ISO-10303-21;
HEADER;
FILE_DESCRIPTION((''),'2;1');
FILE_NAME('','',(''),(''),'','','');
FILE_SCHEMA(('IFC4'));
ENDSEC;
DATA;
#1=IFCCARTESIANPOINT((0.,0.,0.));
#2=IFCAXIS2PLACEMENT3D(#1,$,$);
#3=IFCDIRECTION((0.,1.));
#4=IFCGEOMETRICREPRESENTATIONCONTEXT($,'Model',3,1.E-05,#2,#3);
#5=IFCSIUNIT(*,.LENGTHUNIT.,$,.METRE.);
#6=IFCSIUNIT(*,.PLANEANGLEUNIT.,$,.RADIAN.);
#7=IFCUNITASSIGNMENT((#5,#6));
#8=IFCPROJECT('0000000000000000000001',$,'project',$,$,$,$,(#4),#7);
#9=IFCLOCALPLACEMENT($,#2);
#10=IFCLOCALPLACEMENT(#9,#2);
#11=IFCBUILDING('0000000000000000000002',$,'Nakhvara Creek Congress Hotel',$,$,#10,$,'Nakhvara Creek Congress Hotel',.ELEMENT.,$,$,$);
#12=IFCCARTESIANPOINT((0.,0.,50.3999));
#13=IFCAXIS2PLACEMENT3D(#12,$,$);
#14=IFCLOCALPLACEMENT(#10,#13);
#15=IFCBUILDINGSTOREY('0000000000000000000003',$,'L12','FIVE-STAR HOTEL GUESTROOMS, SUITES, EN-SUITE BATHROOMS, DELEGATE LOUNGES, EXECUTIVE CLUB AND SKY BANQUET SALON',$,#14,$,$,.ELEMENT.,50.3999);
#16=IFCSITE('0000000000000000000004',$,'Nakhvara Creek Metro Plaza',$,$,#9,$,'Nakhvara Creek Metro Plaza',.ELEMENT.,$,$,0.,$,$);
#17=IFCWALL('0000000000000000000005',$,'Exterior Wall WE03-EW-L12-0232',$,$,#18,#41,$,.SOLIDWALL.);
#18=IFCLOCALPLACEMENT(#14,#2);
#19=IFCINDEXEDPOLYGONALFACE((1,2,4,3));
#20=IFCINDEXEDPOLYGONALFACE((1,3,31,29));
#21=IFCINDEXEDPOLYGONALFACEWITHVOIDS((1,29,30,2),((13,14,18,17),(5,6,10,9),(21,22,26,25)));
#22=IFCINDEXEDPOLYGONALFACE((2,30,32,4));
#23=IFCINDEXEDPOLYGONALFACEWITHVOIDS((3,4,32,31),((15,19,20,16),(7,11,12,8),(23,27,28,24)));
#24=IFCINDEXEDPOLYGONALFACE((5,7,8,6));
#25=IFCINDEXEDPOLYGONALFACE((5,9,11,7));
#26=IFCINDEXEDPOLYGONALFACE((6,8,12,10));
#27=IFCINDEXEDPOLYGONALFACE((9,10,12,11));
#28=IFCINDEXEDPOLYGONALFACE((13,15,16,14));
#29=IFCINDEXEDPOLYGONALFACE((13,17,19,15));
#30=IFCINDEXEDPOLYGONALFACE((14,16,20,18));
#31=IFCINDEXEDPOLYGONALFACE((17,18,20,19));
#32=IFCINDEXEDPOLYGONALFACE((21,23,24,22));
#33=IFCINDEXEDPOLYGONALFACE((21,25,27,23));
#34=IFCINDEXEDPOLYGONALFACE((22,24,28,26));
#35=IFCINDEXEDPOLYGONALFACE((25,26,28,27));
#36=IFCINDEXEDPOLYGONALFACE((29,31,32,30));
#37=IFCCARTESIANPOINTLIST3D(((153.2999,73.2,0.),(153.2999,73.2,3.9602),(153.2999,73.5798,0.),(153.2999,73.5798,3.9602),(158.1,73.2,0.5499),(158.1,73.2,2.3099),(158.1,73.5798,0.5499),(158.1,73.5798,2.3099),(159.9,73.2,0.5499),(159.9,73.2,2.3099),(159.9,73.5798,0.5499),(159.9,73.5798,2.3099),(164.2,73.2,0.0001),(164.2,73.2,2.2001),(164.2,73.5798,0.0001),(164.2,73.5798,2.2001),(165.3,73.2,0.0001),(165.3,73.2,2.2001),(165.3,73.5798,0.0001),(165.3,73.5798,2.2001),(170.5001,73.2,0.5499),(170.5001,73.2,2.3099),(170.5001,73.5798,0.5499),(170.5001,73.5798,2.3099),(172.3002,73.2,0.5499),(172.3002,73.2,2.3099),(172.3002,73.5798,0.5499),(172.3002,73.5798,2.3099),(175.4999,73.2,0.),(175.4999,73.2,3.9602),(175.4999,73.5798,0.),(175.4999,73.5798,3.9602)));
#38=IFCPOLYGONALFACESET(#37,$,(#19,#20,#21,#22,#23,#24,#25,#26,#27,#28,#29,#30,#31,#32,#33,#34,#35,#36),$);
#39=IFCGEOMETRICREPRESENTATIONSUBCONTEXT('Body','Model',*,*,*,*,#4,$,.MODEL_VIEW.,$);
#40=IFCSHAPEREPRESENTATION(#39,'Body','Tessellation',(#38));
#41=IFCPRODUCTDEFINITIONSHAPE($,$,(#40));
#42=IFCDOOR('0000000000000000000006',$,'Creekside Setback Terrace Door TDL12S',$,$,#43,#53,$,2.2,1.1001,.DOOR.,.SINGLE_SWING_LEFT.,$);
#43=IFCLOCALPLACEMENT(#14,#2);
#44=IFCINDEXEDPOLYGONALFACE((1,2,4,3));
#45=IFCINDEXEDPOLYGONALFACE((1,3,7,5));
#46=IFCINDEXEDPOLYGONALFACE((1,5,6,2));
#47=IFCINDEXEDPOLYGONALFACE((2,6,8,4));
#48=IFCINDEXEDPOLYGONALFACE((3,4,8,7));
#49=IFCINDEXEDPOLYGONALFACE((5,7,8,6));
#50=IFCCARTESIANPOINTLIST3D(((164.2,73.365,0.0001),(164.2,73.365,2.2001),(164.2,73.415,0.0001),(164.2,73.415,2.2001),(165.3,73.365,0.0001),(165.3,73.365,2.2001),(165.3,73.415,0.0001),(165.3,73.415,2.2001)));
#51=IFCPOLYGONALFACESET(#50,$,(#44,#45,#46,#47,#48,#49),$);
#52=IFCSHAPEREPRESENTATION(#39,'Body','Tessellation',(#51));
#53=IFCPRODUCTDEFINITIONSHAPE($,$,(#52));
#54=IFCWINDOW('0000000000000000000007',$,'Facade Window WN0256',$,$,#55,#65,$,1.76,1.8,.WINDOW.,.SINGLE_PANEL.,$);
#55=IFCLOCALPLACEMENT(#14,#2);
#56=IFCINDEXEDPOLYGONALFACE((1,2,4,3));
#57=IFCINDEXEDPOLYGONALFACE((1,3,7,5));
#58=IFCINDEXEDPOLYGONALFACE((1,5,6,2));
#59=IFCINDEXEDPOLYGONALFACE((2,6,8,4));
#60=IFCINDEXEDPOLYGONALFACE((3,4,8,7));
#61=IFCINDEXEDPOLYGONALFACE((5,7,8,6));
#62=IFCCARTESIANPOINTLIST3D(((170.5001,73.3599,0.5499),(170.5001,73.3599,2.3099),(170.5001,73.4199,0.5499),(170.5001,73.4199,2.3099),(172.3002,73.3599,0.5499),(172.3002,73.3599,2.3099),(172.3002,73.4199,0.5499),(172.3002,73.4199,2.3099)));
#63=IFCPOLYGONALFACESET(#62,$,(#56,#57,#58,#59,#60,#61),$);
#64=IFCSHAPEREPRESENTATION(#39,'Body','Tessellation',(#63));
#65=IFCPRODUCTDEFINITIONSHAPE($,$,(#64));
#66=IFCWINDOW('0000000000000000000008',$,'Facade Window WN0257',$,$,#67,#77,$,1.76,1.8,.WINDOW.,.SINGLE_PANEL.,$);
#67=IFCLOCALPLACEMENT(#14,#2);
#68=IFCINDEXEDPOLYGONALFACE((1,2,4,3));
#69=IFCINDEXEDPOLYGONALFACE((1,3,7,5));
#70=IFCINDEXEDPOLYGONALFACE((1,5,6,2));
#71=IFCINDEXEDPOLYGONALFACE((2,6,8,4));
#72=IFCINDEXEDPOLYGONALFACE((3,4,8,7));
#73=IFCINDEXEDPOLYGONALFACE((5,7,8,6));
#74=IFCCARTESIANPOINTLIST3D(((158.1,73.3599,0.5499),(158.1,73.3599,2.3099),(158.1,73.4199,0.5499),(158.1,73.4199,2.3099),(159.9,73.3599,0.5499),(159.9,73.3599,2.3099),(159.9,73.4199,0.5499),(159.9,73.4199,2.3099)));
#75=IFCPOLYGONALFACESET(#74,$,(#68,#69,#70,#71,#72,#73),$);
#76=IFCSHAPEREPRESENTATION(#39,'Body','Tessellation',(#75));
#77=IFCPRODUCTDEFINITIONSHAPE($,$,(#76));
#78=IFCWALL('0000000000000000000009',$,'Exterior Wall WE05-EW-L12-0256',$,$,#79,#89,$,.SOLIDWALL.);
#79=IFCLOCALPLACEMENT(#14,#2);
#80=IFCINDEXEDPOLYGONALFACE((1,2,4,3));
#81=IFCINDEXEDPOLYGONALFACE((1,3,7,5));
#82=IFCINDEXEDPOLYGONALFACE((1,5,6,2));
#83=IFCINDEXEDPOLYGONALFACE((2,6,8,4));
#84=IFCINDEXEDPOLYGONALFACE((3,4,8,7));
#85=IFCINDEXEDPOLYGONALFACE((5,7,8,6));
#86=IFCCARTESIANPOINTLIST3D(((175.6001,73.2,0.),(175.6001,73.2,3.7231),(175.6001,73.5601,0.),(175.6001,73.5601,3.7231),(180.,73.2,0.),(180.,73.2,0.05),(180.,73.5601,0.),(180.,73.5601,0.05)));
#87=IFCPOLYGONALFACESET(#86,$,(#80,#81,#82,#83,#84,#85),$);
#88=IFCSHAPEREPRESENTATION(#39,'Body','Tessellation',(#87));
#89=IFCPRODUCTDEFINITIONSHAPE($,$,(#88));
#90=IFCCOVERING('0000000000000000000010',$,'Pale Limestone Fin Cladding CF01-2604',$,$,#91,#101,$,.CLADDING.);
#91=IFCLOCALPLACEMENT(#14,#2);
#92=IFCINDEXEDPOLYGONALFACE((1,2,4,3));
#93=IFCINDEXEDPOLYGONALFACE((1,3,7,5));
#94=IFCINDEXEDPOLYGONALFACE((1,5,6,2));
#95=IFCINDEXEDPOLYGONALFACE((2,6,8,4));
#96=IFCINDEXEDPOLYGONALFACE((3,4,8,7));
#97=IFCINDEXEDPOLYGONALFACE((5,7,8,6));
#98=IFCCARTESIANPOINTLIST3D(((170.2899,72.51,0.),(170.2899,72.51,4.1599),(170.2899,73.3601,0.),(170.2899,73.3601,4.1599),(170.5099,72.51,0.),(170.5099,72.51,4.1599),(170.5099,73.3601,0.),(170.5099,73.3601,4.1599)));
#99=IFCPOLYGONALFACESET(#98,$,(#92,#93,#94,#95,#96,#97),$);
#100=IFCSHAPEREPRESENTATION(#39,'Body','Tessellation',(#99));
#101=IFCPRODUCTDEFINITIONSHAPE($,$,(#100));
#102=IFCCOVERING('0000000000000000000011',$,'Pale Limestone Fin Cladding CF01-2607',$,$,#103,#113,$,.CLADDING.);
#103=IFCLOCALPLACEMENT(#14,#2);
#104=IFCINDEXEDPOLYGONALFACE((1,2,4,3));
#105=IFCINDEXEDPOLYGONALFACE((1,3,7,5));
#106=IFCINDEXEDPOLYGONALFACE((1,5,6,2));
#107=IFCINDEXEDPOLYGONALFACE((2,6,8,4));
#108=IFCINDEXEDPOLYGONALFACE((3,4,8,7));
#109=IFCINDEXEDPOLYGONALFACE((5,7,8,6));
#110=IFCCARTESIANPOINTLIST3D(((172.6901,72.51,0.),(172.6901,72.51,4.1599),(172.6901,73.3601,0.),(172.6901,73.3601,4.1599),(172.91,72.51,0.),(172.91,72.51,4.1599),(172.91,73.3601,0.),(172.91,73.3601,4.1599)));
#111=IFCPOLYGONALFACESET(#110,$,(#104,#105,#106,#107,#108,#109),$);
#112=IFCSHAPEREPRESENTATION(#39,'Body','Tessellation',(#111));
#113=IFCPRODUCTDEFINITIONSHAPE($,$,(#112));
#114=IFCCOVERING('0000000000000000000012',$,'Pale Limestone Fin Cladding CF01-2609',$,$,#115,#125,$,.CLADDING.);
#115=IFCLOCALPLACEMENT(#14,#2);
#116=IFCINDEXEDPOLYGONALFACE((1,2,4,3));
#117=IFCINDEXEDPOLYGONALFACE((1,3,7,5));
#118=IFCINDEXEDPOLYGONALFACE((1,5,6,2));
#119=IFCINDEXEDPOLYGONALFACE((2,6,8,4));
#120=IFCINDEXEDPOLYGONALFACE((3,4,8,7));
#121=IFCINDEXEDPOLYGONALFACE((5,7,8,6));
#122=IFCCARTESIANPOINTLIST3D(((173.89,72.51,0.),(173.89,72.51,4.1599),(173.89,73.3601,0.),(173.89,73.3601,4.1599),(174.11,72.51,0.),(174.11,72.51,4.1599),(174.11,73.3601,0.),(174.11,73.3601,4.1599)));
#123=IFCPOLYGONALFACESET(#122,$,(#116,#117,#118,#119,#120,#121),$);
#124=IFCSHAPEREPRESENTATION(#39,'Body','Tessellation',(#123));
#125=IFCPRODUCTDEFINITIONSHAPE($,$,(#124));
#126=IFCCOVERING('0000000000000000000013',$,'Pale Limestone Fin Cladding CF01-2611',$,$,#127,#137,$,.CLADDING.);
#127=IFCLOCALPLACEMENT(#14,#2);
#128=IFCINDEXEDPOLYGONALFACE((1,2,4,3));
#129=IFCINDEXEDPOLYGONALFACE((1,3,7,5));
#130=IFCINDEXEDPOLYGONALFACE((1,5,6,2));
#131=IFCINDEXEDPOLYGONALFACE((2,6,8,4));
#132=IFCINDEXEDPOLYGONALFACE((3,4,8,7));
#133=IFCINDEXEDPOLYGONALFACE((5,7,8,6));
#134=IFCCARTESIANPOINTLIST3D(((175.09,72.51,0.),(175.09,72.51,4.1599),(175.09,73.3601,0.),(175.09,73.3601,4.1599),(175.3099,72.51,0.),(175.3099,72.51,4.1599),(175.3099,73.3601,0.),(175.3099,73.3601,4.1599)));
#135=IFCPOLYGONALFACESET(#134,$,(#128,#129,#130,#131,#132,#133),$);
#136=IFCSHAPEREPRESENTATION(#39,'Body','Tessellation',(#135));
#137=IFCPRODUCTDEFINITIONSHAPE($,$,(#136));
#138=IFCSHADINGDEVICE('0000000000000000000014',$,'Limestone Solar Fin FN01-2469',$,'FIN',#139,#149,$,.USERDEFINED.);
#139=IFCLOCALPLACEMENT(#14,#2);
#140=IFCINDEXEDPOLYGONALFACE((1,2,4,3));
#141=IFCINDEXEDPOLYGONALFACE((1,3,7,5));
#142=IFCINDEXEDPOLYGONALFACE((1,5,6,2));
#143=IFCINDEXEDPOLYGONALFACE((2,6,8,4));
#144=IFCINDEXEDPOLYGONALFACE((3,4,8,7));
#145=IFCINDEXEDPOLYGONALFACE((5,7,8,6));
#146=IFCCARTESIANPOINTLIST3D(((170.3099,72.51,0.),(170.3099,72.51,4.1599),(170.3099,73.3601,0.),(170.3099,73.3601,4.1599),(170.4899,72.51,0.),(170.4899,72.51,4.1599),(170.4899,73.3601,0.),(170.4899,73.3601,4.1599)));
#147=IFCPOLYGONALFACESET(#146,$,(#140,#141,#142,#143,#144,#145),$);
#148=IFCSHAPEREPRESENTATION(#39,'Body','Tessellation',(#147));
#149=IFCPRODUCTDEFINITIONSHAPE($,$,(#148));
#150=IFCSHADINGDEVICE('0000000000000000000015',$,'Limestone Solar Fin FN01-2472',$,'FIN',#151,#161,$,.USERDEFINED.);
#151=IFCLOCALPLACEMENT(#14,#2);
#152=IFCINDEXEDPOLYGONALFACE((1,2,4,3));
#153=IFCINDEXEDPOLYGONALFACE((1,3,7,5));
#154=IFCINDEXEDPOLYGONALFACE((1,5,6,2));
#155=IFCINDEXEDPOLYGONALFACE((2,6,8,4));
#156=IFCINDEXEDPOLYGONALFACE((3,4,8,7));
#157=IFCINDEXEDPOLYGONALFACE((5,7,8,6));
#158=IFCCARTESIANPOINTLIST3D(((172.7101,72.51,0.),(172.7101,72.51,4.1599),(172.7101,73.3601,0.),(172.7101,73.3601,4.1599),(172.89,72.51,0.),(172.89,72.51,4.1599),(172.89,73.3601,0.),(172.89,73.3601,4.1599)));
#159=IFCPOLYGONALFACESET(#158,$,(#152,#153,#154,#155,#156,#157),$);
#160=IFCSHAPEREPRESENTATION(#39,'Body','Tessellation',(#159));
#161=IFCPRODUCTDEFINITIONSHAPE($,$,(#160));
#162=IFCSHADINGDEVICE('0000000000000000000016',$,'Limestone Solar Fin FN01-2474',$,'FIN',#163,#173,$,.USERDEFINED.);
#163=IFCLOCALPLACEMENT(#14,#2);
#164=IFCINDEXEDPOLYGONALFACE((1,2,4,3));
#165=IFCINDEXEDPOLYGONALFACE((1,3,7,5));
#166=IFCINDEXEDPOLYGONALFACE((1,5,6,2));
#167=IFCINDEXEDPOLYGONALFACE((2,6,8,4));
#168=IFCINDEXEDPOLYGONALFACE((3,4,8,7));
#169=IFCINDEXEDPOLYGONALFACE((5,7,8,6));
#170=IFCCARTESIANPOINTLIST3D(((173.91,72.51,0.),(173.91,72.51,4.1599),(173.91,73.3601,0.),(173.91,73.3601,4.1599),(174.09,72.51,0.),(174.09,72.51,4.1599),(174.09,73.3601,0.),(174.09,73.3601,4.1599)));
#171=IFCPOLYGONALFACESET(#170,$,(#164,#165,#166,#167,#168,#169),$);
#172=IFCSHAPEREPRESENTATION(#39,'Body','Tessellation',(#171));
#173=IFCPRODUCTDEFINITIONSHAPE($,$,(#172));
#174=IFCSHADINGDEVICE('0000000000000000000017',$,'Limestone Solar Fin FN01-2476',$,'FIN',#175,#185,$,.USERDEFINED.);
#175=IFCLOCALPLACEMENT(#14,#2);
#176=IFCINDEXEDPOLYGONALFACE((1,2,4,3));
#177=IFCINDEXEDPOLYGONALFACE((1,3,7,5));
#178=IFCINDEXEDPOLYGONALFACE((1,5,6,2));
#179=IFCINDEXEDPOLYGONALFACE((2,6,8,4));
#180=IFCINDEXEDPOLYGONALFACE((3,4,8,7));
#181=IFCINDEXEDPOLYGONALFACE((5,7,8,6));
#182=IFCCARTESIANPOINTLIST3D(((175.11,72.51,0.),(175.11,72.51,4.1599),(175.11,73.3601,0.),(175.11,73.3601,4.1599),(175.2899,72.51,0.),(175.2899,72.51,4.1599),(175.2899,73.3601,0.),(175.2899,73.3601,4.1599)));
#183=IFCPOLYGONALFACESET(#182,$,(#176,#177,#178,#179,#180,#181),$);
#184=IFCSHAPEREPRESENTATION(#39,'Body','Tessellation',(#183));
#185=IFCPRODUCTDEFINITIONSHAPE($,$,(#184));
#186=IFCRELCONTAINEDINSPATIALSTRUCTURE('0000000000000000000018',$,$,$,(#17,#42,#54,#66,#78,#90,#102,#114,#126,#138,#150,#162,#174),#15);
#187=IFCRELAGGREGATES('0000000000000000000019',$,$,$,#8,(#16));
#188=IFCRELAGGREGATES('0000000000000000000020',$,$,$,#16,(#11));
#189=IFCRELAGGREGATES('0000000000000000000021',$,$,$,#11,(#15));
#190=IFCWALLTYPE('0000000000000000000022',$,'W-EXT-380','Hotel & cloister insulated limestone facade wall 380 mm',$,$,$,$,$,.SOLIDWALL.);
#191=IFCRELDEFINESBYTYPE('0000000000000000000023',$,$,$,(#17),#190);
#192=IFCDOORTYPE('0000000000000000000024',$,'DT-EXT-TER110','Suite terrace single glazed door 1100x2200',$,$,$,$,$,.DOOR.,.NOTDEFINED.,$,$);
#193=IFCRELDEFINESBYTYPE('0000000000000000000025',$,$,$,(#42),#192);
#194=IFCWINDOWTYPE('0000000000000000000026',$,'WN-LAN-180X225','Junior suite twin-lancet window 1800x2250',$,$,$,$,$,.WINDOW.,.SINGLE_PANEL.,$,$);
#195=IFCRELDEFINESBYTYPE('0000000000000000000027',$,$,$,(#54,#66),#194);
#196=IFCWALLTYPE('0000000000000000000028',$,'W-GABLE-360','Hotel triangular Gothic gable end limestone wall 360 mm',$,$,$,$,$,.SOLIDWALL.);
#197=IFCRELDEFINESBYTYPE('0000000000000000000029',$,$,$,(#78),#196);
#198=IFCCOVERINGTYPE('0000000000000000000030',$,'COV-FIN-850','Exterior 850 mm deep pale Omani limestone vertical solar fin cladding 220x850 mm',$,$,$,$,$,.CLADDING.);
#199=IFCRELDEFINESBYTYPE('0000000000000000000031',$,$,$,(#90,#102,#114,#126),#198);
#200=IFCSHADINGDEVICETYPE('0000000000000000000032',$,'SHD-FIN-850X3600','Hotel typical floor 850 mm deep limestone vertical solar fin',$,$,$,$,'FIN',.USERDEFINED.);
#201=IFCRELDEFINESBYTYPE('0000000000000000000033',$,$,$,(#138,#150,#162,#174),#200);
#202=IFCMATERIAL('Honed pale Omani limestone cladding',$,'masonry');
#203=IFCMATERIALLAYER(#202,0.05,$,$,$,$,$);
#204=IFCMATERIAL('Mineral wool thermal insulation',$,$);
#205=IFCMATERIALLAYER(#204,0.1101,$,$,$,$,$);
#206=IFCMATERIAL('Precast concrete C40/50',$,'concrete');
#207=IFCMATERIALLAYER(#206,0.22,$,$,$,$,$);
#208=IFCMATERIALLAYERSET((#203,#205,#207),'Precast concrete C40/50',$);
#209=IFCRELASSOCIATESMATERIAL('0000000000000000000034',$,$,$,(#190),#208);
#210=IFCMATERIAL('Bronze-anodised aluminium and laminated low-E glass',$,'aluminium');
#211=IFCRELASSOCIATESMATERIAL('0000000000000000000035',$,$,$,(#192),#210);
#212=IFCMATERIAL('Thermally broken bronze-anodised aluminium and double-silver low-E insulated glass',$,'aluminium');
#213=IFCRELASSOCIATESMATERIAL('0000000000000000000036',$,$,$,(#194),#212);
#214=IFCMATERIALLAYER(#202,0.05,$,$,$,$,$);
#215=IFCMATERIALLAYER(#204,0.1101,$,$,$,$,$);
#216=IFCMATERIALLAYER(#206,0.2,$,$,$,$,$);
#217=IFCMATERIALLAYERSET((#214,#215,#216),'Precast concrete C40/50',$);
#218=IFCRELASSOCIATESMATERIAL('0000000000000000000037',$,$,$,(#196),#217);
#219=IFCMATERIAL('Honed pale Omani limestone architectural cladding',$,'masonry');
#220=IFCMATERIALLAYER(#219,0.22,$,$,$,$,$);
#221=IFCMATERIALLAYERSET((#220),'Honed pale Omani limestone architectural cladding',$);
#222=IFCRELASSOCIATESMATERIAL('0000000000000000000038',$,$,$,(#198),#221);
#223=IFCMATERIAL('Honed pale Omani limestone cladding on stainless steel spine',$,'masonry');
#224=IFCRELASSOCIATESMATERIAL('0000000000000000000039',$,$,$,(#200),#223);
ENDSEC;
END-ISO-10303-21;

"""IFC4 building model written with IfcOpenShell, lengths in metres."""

from ifc_helpers import new_model, si_unit, direction, frame, frame_2d, origin, origin_2d, place, context, subcontext, project, spatial, polyline, rectangle, outline, extrude, material, layer, layer_set, type_object, element, fill, save


model = new_model("IFC4")

# Units and contexts
model_context = context("Model", 3, precision=1e-05, world=origin(), true_north=direction((0.0, 1.0)))
body_context = subcontext(model_context, "Body", "Model", "MODEL_VIEW")
ifc_project = project(units=[si_unit("LENGTHUNIT", "METRE"), si_unit("PLANEANGLEUNIT", "RADIAN")], contexts=[model_context])

# Site, building, storey
site_placement = place(None, origin())
site = spatial("IfcSite", under=ifc_project, at=site_placement, Name="Nakhvara Creek Metro Plaza", LongName="Nakhvara Creek Metro Plaza", CompositionType="ELEMENT", RefElevation=0.0)
building_placement = place(site_placement, origin())
building = spatial("IfcBuilding", under=site, at=building_placement, Name="Nakhvara Creek Congress Hotel", LongName="Nakhvara Creek Congress Hotel", CompositionType="ELEMENT")
storey_placement = place(building_placement, frame((0.0, 0.0, 50.3999)))
storey = spatial("IfcBuildingStorey", under=building, at=storey_placement, Name="L12", Description="FIVE-STAR HOTEL GUESTROOMS, SUITES, EN-SUITE BATHROOMS, DELEGATE LOUNGES, EXECUTIVE CLUB AND SKY BANQUET SALON", CompositionType="ELEMENT", Elevation=50.3999)

# Wall, openings, door, windows
ifc_material_1 = material(Name="Honed pale Omani limestone cladding", Category="masonry")
ifc_layer_1 = layer(ifc_material_1, 0.05)
ifc_material_2 = material(Name="Mineral wool thermal insulation")
ifc_layer_2 = layer(ifc_material_2, 0.1101)
ifc_material_3 = material(Name="Precast concrete C40/50", Category="concrete")
ifc_layer_3 = layer(ifc_material_3, 0.22)
ifc_layer_set_1 = layer_set([ifc_layer_1, ifc_layer_2, ifc_layer_3], Name="Precast concrete C40/50")
wall_type_1 = type_object("IfcWallType", Name="W-EXT-380", Description="Hotel & cloister insulated limestone facade wall 380 mm", PredefinedType="SOLIDWALL", material=ifc_layer_set_1)
wall_1_placement = place(storey_placement, frame((175.5, 73.3899, 0.0), z_axis=(0.0, 0.0, 1.0), x_axis=(-1.0, 0.0, 0.0)))
wall_1 = element("IfcWall", 1, at=wall_1_placement, inside=storey, type_object=wall_type_1, Name="Exterior Wall WE03-EW-L12-0232", PredefinedType="SOLIDWALL", context=body_context, shape_type="SweptSolid", body=[
    extrude(rectangle(XDim=22.2, YDim=0.3799, at=frame_2d((11.1001, 0.0))), origin(), (0.0, 0.0, 1.0), 3.9602),
])
opening_1_placement = place(wall_1_placement, frame((10.2, 0.0, 0.0)))
opening_1 = element("IfcOpeningElement", 2, at=opening_1_placement, cuts=wall_1, PredefinedType="OPENING", context=body_context, shape_type="SweptSolid", body=[
    extrude(rectangle(XDim=1.1001, YDim=2.2, at=frame_2d((0.55, 1.1001))), frame((0.0, 0.2019, 0.0), z_axis=(0.0, -1.0, 0.0), x_axis=(1.0, 0.0, 0.0)), (0.0, 0.0, 1.0), 0.4038),
])
opening_2_placement = place(wall_1_placement, frame((3.2, 0.0, 0.55)))
opening_2 = element("IfcOpeningElement", 3, at=opening_2_placement, cuts=wall_1, PredefinedType="OPENING", context=body_context, shape_type="SweptSolid", body=[
    extrude(rectangle(XDim=1.8, YDim=1.76, at=frame_2d((0.8999, 0.8799))), frame((0.0, 0.2019, 0.0), z_axis=(0.0, -1.0, 0.0), x_axis=(1.0, 0.0, 0.0)), (0.0, 0.0, 1.0), 0.4038),
])
opening_3_placement = place(wall_1_placement, frame((15.6001, 0.0, 0.55)))
opening_3 = element("IfcOpeningElement", 4, at=opening_3_placement, cuts=wall_1, PredefinedType="OPENING", context=body_context, shape_type="SweptSolid", body=[
    extrude(rectangle(XDim=1.8, YDim=1.76, at=frame_2d((0.8999, 0.8799))), frame((0.0, 0.2019, 0.0), z_axis=(0.0, -1.0, 0.0), x_axis=(1.0, 0.0, 0.0)), (0.0, 0.0, 1.0), 0.4038),
])
ifc_material_4 = material(Name="Bronze-anodised aluminium and laminated low-E glass", Category="aluminium")
door_type = type_object("IfcDoorType", Name="DT-EXT-TER110", Description="Suite terrace single glazed door 1100x2200", OperationType="NOTDEFINED", PredefinedType="DOOR", material=ifc_material_4)
door_placement = place(opening_1_placement, origin())
door = element("IfcDoor", 5, at=door_placement, inside=storey, type_object=door_type, Name="Creekside Setback Terrace Door TDL12S", OperationType="SINGLE_SWING_LEFT", OverallHeight=2.2, OverallWidth=1.1001, PredefinedType="DOOR", context=body_context, shape_type="SweptSolid", body=[
    extrude(rectangle(XDim=1.1001, YDim=2.2, at=frame_2d((0.55, 1.1001))), frame((0.0, 0.0249, 0.0), z_axis=(0.0, -1.0, 0.0), x_axis=(1.0, 0.0, 0.0)), (0.0, 0.0, 1.0), 0.05),
])
fill(opening_1, door)
ifc_material_5 = material(Name="Thermally broken bronze-anodised aluminium and double-silver low-E insulated glass", Category="aluminium")
window_type = type_object("IfcWindowType", Name="WN-LAN-180X225", Description="Junior suite twin-lancet window 1800x2250", PartitioningType="SINGLE_PANEL", PredefinedType="WINDOW", material=ifc_material_5)
window_1_placement = place(opening_2_placement, origin())
window_1 = element("IfcWindow", 6, at=window_1_placement, inside=storey, type_object=window_type, Name="Facade Window WN0256", OverallHeight=1.76, OverallWidth=1.8, PartitioningType="SINGLE_PANEL", PredefinedType="WINDOW", context=body_context, shape_type="SweptSolid", body=[
    extrude(rectangle(XDim=1.8, YDim=1.76, at=frame_2d((0.8999, 0.8799))), frame((0.0, 0.03, 0.0), z_axis=(0.0, -1.0, 0.0), x_axis=(1.0, 0.0, 0.0)), (0.0, 0.0, 1.0), 0.0601),
])
fill(opening_2, window_1)
window_2_placement = place(opening_3_placement, origin())
window_2 = element("IfcWindow", 7, at=window_2_placement, inside=storey, type_object=window_type, Name="Facade Window WN0257", OverallHeight=1.76, OverallWidth=1.8, PartitioningType="SINGLE_PANEL", PredefinedType="WINDOW", context=body_context, shape_type="SweptSolid", body=[
    extrude(rectangle(XDim=1.8, YDim=1.76, at=frame_2d((0.8999, 0.8799))), frame((0.0, 0.03, 0.0), z_axis=(0.0, -1.0, 0.0), x_axis=(1.0, 0.0, 0.0)), (0.0, 0.0, 1.0), 0.0601),
])
fill(opening_3, window_2)

# Wall
ifc_layer_4 = layer(ifc_material_1, 0.05)
ifc_layer_5 = layer(ifc_material_2, 0.1101)
ifc_layer_6 = layer(ifc_material_3, 0.2)
ifc_layer_set_2 = layer_set([ifc_layer_4, ifc_layer_5, ifc_layer_6], Name="Precast concrete C40/50")
wall_type_2 = type_object("IfcWallType", Name="W-GABLE-360", Description="Hotel triangular Gothic gable end limestone wall 360 mm", PredefinedType="SOLIDWALL", material=ifc_layer_set_2)
wall_2_placement = place(storey_placement, frame((175.6001, 73.3799, 0.0), z_axis=(0.0, 0.0, 1.0), x_axis=(1.0, 0.0, 0.0)))
element("IfcWall", 8, at=wall_2_placement, inside=storey, type_object=wall_type_2, Name="Exterior Wall WE05-EW-L12-0256", PredefinedType="SOLIDWALL", context=body_context, shape_type="SweptSolid", body=[
    extrude(outline(polyline([(0.0, 0.0), (4.3999, 0.0), (4.3999, 0.05), (0.0, 3.7231), (0.0, 0.0)])), frame((0.0, 0.1802, 0.0), z_axis=(0.0, -1.0, 0.0), x_axis=(1.0, 0.0, 0.0)), (0.0, 0.0, 1.0), 0.3601),
])

# Coverings
ifc_material_6 = material(Name="Honed pale Omani limestone architectural cladding", Category="masonry")
ifc_layer_7 = layer(ifc_material_6, 0.22)
ifc_layer_set_3 = layer_set([ifc_layer_7], Name="Honed pale Omani limestone architectural cladding")
covering_type = type_object("IfcCoveringType", Name="COV-FIN-850", Description="Exterior 850 mm deep pale Omani limestone vertical solar fin cladding 220x850 mm", PredefinedType="CLADDING", material=ifc_layer_set_3)
for number, where, z_axis, x_axis, name in (
    (9, (170.3999, 72.9351, 0.0), (0.0, 0.0, 1.0), (1.0, 0.0, 0.0), "Pale Limestone Fin Cladding CF01-2604"),
    (10, (172.8, 72.9351, 0.0), (0.0, 0.0, 1.0), (1.0, 0.0, 0.0), "Pale Limestone Fin Cladding CF01-2607"),
    (11, (174.0, 72.9351, 0.0), (0.0, 0.0, 1.0), (1.0, 0.0, 0.0), "Pale Limestone Fin Cladding CF01-2609"),
    (12, (175.2, 72.9351, 0.0), (0.0, 0.0, 1.0), (1.0, 0.0, 0.0), "Pale Limestone Fin Cladding CF01-2611"),
):
    element("IfcCovering", number, at=place(storey_placement, frame(where, z_axis=z_axis, x_axis=x_axis)), inside=storey, type_object=covering_type, Name=name, PredefinedType="CLADDING", context=body_context, shape_type="SweptSolid", body=[
        extrude(rectangle(XDim=0.22, YDim=0.8501, at=origin_2d()), origin(), (0.0, 0.0, 1.0), 4.1599),
    ])

# Shading devices
ifc_material_7 = material(Name="Honed pale Omani limestone cladding on stainless steel spine", Category="masonry")
shading_device_type = type_object("IfcShadingDeviceType", Name="SHD-FIN-850X3600", Description="Hotel typical floor 850 mm deep limestone vertical solar fin", ElementType="FIN", PredefinedType="USERDEFINED", material=ifc_material_7)
for number, where, z_axis, x_axis, name in (
    (13, (170.3999, 72.9351, 0.0), (0.0, 0.0, 1.0), (1.0, 0.0, 0.0), "Limestone Solar Fin FN01-2469"),
    (14, (172.8, 72.9351, 0.0), (0.0, 0.0, 1.0), (1.0, 0.0, 0.0), "Limestone Solar Fin FN01-2472"),
    (15, (174.0, 72.9351, 0.0), (0.0, 0.0, 1.0), (1.0, 0.0, 0.0), "Limestone Solar Fin FN01-2474"),
    (16, (175.2, 72.9351, 0.0), (0.0, 0.0, 1.0), (1.0, 0.0, 0.0), "Limestone Solar Fin FN01-2476"),
):
    element("IfcShadingDevice", number, at=place(storey_placement, frame(where, z_axis=z_axis, x_axis=x_axis)), inside=storey, type_object=shading_device_type, Name=name, ObjectType="FIN", PredefinedType="USERDEFINED", context=body_context, shape_type="SweptSolid", body=[
        extrude(rectangle(XDim=0.1799, YDim=0.8501, at=origin_2d()), origin(), (0.0, 0.0, 1.0), 4.1599),
    ])

save(model, "model.ifc")
